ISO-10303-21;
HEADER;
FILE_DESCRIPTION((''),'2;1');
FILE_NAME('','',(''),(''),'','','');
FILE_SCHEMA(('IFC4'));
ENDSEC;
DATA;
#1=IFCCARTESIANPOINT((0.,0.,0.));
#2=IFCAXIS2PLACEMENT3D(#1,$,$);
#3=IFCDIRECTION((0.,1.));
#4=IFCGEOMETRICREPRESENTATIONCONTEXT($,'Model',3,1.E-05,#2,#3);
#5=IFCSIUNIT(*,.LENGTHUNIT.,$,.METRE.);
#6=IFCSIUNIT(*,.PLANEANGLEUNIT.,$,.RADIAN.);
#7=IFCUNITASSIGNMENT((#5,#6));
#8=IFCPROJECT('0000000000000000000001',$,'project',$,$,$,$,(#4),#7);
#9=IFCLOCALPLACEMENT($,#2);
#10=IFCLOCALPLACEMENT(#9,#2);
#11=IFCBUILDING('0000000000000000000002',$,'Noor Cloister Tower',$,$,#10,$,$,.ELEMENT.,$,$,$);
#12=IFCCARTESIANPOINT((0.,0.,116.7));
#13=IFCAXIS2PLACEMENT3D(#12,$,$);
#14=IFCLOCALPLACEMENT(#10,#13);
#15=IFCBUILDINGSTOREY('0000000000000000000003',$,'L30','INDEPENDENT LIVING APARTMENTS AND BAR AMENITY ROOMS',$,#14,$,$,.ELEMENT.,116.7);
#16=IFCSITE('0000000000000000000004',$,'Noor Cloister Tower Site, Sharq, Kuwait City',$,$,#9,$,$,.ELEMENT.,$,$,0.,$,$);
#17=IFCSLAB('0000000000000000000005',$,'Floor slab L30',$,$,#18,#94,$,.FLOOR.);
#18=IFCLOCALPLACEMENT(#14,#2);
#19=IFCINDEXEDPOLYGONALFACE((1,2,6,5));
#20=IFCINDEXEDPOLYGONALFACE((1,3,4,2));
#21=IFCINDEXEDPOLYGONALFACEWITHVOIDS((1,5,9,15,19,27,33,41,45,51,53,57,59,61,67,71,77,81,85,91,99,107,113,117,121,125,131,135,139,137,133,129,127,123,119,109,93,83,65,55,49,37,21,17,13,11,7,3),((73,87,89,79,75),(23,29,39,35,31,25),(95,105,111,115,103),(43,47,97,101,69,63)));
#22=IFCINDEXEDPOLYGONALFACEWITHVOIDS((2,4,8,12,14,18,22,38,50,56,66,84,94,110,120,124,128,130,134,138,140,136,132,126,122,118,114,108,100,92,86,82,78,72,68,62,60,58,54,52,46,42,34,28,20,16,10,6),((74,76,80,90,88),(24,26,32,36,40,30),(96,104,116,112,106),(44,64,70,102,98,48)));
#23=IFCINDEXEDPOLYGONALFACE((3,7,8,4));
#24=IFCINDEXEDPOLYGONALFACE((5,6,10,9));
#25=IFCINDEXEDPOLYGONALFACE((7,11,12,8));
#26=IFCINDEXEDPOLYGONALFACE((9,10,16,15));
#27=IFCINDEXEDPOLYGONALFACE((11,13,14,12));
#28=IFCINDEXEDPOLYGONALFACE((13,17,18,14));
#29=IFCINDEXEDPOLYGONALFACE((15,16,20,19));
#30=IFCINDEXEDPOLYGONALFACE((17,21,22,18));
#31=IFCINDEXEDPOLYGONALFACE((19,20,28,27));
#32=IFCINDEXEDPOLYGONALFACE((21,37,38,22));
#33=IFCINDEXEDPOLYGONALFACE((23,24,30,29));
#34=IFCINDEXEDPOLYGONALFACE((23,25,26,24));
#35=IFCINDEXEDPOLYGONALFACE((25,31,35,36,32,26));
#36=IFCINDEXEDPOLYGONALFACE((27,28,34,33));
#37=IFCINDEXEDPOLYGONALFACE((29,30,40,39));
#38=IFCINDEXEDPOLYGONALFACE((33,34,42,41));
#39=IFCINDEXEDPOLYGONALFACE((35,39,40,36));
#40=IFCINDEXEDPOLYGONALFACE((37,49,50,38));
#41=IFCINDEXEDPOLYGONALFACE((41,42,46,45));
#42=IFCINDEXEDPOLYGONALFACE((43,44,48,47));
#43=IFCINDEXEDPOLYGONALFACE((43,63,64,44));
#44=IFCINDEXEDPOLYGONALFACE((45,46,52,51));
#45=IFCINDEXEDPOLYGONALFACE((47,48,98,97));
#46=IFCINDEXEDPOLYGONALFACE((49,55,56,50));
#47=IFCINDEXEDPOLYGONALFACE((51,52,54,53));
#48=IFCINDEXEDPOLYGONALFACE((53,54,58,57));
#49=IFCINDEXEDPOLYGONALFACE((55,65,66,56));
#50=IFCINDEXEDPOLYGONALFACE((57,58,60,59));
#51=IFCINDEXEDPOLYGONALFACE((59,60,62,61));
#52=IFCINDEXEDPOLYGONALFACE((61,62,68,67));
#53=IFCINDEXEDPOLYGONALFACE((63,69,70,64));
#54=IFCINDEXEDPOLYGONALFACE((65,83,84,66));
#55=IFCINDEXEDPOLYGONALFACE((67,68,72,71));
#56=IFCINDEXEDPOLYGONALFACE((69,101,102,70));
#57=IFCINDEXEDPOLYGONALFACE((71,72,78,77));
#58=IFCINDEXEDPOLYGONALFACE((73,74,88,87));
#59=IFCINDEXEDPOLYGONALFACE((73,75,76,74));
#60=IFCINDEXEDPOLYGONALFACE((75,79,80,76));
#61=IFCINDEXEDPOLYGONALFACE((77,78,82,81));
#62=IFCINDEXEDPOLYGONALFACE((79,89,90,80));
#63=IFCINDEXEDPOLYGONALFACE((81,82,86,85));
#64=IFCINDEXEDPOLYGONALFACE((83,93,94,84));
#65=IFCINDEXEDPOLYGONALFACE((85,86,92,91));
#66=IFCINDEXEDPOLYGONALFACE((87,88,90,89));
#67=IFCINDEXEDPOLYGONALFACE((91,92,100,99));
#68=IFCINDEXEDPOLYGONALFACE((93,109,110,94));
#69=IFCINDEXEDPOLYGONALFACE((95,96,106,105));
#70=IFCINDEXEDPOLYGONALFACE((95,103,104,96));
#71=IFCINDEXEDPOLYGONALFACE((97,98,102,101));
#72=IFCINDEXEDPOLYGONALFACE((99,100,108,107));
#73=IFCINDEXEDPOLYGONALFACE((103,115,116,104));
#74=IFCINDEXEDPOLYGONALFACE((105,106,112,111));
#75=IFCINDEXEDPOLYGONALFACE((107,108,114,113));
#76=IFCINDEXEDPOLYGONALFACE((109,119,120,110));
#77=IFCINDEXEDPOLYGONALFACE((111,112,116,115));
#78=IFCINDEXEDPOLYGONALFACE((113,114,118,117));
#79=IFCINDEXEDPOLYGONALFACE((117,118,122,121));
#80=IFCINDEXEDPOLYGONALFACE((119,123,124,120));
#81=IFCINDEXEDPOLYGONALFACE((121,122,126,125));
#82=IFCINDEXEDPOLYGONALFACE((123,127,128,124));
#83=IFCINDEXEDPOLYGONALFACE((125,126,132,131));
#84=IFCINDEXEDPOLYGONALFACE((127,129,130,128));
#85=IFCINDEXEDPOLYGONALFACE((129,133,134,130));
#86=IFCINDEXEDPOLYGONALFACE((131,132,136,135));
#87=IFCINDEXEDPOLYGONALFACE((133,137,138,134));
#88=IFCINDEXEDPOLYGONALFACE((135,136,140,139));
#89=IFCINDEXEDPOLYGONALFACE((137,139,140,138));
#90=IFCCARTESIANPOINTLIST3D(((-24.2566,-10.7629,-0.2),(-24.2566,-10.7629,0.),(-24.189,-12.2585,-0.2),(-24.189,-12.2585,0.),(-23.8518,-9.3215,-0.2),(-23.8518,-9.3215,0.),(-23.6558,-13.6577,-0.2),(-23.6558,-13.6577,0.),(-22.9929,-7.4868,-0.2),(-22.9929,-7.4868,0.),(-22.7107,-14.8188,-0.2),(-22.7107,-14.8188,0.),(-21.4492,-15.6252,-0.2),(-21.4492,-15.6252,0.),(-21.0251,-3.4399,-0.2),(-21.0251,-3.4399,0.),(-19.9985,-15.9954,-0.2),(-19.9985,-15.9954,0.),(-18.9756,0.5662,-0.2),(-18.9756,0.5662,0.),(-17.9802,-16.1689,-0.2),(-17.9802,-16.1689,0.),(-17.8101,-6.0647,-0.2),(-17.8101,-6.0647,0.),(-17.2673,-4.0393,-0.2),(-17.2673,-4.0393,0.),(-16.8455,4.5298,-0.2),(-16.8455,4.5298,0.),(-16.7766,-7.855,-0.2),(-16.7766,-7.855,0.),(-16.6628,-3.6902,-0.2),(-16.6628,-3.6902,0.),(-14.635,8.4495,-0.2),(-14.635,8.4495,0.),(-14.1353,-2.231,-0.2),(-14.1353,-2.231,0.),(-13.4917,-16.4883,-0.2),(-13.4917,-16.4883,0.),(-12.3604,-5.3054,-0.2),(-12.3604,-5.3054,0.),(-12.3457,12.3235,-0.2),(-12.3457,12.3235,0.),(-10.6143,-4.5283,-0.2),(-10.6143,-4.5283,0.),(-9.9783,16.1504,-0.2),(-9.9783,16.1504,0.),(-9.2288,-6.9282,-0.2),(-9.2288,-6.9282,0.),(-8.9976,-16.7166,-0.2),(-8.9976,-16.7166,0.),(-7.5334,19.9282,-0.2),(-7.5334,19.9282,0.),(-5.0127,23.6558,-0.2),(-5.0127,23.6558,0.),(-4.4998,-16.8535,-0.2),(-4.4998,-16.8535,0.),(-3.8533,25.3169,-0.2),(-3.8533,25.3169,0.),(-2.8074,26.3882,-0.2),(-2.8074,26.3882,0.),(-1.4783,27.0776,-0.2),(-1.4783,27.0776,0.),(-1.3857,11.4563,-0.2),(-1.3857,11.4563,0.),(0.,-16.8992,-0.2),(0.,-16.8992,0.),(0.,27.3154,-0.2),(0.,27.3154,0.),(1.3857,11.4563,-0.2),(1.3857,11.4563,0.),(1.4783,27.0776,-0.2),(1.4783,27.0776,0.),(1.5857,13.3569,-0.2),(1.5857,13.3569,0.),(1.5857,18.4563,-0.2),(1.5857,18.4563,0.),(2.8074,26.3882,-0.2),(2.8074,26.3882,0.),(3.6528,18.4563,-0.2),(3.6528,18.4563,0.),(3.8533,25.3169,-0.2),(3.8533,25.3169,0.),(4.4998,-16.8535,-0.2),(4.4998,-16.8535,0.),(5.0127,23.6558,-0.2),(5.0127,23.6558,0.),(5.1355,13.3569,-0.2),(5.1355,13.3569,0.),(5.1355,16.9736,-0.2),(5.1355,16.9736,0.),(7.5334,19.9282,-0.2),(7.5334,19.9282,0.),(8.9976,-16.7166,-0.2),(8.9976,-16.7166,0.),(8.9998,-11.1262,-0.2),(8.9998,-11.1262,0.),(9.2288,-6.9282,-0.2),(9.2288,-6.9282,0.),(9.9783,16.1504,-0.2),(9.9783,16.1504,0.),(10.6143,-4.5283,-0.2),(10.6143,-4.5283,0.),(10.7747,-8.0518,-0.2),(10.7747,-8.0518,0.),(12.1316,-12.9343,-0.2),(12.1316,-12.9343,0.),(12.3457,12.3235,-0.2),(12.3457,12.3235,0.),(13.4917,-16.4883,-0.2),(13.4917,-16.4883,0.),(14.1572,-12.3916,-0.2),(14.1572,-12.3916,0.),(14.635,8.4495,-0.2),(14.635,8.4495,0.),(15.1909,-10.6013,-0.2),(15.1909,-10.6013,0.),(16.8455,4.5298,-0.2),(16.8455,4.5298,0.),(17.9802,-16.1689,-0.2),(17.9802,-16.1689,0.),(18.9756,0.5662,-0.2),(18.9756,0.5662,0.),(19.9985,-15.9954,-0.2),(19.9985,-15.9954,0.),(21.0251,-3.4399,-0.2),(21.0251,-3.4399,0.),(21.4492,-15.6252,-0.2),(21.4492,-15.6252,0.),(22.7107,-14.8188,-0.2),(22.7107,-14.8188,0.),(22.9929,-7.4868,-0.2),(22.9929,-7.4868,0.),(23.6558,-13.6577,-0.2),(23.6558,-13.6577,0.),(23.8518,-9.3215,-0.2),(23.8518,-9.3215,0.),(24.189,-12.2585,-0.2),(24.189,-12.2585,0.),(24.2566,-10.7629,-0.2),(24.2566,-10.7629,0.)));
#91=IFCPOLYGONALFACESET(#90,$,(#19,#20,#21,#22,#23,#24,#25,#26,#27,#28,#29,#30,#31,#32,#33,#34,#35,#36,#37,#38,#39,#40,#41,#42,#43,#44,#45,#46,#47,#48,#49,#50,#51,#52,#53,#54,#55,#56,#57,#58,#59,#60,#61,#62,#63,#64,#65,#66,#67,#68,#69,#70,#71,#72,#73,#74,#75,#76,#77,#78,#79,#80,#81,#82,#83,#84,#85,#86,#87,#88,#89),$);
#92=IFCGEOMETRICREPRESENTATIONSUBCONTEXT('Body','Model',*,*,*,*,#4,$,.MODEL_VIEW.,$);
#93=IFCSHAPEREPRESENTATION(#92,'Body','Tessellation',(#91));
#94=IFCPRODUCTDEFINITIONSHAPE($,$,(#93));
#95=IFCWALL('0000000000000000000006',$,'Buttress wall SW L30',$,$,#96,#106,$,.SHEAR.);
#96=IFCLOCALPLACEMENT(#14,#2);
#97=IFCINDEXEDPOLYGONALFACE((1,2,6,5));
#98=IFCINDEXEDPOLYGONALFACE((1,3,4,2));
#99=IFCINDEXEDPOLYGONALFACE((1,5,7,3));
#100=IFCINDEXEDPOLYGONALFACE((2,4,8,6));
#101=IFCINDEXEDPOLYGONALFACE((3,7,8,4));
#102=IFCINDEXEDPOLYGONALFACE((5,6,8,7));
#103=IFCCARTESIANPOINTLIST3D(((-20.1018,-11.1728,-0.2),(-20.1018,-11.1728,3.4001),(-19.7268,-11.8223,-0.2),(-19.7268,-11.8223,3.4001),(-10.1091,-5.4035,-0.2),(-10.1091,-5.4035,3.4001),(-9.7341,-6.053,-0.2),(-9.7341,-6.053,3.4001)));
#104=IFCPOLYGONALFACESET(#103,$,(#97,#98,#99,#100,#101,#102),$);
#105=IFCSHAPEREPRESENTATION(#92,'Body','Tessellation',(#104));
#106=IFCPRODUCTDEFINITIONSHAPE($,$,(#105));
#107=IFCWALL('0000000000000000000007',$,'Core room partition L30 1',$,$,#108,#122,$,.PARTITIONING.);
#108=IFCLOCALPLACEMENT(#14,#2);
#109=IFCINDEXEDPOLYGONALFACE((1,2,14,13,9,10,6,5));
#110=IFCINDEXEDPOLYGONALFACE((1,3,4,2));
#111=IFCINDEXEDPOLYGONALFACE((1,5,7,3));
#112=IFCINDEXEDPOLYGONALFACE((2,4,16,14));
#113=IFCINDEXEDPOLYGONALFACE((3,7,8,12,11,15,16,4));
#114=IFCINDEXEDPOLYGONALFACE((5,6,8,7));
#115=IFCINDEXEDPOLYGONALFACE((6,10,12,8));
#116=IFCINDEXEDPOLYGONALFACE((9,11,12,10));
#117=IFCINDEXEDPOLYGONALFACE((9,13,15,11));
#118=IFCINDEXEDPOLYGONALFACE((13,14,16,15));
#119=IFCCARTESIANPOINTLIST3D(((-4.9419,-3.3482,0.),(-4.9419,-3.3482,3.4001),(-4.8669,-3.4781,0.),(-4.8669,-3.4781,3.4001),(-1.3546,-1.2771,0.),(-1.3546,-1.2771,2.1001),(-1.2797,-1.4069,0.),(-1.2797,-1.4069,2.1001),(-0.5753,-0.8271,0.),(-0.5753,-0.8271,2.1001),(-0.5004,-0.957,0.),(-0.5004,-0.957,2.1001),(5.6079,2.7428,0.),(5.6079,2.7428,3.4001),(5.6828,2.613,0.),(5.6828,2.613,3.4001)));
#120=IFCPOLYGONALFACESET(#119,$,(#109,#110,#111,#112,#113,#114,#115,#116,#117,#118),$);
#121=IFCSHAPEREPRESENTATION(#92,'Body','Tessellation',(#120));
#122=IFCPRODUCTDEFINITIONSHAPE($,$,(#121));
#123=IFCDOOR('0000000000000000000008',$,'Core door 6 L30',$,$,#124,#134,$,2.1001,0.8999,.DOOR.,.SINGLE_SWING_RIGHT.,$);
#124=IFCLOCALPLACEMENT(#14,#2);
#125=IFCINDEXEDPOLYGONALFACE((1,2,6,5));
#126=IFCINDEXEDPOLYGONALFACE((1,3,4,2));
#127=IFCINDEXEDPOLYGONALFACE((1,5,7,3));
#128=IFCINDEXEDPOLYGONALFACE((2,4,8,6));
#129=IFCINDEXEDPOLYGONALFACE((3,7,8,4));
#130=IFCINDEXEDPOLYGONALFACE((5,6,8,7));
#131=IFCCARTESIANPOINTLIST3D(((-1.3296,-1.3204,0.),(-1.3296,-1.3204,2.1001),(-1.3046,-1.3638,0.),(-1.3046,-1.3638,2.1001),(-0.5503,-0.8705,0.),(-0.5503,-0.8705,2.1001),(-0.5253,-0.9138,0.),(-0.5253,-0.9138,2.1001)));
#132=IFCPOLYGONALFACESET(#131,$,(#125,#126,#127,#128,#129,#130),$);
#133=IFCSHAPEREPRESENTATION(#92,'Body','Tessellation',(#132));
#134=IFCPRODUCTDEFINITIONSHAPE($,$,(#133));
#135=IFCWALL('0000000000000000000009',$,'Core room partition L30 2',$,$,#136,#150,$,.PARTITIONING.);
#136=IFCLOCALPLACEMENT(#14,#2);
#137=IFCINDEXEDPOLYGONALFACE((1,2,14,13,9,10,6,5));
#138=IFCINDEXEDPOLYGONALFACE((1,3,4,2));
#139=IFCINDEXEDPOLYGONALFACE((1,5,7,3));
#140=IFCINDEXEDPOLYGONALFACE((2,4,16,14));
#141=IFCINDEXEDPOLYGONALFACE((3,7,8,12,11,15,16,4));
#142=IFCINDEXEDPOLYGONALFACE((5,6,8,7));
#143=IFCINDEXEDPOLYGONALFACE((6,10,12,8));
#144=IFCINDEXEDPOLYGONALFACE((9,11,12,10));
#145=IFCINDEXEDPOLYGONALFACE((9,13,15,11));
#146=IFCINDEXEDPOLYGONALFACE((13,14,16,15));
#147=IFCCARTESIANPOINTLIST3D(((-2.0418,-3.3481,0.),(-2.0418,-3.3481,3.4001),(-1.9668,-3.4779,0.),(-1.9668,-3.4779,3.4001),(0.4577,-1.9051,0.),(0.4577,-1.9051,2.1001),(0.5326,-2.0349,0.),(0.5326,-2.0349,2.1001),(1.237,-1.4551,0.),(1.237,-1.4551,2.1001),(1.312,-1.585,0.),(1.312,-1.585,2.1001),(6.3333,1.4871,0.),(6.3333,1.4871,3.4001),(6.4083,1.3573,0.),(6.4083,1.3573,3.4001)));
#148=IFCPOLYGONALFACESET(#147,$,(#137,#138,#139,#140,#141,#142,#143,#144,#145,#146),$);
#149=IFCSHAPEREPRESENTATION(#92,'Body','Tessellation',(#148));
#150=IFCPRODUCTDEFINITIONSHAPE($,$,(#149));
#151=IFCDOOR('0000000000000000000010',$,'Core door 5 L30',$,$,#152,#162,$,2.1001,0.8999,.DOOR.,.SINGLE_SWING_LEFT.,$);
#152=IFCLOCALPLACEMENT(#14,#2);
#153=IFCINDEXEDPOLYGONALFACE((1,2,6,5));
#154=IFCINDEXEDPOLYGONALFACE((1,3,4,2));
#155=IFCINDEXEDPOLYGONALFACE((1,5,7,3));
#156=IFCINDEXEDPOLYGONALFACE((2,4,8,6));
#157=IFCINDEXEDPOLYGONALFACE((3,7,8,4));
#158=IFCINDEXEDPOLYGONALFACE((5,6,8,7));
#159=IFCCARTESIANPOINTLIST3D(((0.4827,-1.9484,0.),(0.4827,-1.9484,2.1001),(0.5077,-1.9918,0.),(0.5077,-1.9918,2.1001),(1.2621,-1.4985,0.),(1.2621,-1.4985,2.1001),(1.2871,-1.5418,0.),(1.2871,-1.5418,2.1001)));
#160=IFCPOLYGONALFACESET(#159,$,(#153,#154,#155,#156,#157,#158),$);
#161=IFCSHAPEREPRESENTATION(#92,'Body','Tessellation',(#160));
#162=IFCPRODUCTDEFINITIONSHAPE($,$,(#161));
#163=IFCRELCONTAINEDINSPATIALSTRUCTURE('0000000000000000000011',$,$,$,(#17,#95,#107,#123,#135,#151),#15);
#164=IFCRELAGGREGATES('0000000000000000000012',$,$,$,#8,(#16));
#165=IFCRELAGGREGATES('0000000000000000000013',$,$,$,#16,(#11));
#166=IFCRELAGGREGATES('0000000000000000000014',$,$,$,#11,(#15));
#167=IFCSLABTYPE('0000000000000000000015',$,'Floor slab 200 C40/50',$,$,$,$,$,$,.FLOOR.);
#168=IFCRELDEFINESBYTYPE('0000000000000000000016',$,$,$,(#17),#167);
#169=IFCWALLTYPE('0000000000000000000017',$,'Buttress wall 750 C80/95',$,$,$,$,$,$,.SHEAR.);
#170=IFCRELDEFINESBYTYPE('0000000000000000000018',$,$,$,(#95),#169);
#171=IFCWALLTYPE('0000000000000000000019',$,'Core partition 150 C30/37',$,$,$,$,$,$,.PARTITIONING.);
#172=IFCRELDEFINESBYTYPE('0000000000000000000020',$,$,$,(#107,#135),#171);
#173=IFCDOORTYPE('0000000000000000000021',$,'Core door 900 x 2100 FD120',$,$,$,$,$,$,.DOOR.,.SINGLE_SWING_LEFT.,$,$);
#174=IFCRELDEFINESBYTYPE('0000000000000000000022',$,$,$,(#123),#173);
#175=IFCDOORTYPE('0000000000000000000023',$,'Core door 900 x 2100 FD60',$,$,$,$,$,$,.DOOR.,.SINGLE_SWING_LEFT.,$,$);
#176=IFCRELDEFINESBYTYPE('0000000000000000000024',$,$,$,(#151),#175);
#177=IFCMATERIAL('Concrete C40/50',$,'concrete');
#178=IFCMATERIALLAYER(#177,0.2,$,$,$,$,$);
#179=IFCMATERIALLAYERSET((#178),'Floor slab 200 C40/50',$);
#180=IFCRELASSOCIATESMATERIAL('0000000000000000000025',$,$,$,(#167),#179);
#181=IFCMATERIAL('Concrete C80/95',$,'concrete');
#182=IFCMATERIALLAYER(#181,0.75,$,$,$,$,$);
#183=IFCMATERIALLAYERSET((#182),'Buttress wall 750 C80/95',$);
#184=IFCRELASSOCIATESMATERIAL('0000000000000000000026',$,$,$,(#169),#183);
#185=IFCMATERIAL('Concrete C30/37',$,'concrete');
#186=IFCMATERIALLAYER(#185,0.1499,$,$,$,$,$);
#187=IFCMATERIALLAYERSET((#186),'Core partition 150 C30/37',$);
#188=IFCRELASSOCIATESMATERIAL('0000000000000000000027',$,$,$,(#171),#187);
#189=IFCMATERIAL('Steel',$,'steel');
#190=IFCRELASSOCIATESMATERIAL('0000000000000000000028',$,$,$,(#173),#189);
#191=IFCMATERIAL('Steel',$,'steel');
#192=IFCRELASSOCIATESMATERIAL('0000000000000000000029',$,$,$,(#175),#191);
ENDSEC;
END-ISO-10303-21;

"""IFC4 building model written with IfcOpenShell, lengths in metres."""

from ifc_helpers import new_model, si_unit, direction, frame, frame_2d, origin, place, context, subcontext, project, spatial, polyline, rectangle, outline, extrude, material, layer, layer_set, type_object, element, fill, save


model = new_model("IFC4")

# Units and contexts
model_context = context("Model", 3, precision=1e-05, world=origin(), true_north=direction((0.0, 1.0)))
body_context = subcontext(model_context, "Body", "Model", "MODEL_VIEW")
ifc_project = project(units=[si_unit("LENGTHUNIT", "METRE"), si_unit("PLANEANGLEUNIT", "RADIAN")], contexts=[model_context])

# Site, building, storey
site_placement = place(None, origin())
site = spatial("IfcSite", under=ifc_project, at=site_placement, Name="Noor Cloister Tower Site, Sharq, Kuwait City", CompositionType="ELEMENT", RefElevation=0.0)
building_placement = place(site_placement, origin())
building = spatial("IfcBuilding", under=site, at=building_placement, Name="Noor Cloister Tower", CompositionType="ELEMENT")
storey_placement = place(building_placement, frame((0.0, 0.0, 116.7)))
storey = spatial("IfcBuildingStorey", under=building, at=storey_placement, Name="L30", Description="INDEPENDENT LIVING APARTMENTS AND BAR AMENITY ROOMS", CompositionType="ELEMENT", Elevation=116.7)

# Slab
ifc_material_1 = material(Name="Concrete C40/50", Category="concrete")
ifc_layer_1 = layer(ifc_material_1, 0.2)
ifc_layer_set_1 = layer_set([ifc_layer_1], Name="Floor slab 200 C40/50")
slab_type = type_object("IfcSlabType", Name="Floor slab 200 C40/50", PredefinedType="FLOOR", material=ifc_layer_set_1)
slab_placement = place(storey_placement, frame((0.0, 0.0, -0.2)))
element("IfcSlab", 1, at=slab_placement, inside=storey, type_object=slab_type, Name="Floor slab L30", PredefinedType="FLOOR", context=body_context, shape_type="SweptSolid", body=[
    extrude(outline(polyline([(3.8533, 25.3169), (2.8074, 26.3882), (1.4783, 27.0776), (0.0, 27.3154), (-1.4783, 27.0776), (-2.8074, 26.3882), (-3.8533, 25.3169), (-5.0127, 23.6558), (-7.5334, 19.9282), (-9.9783, 16.1504), (-12.3457, 12.3235), (-14.635, 8.4495), (-16.8455, 4.5298), (-18.9756, 0.5662), (-21.0251, -3.4399), (-22.9929, -7.4868), (-23.8518, -9.3215), (-24.2566, -10.7629), (-24.189, -12.2585), (-23.6558, -13.6577), (-22.7107, -14.8188), (-21.4492, -15.6252), (-19.9985, -15.9954), (-17.9802, -16.1689), (-13.4917, -16.4883), (-8.9976, -16.7166), (-4.4998, -16.8535), (0.0, -16.8992), (4.4998, -16.8535), (8.9976, -16.7166), (13.4917, -16.4883), (17.9802, -16.1689), (19.9985, -15.9954), (21.4492, -15.6252), (22.7107, -14.8188), (23.6558, -13.6577), (24.189, -12.2585), (24.2566, -10.7629), (23.8518, -9.3215), (22.9929, -7.4868), (21.0251, -3.4399), (18.9756, 0.5662), (16.8455, 4.5298), (14.635, 8.4495), (12.3457, 12.3235), (9.9783, 16.1504), (7.5334, 19.9282), (5.0127, 23.6558), (3.8533, 25.3169)]), holes=[polyline([(8.9998, -11.1262), (12.1316, -12.9343), (14.1572, -12.3916), (15.1909, -10.6013), (10.7747, -8.0518), (8.9998, -11.1262)]), polyline([(-17.8101, -6.0647), (-16.7766, -7.855), (-12.3604, -5.3054), (-14.1353, -2.231), (-16.6628, -3.6902), (-17.2673, -4.0393), (-17.8101, -6.0647)]), polyline([(-10.6143, -4.5283), (-9.2288, -6.9282), (9.2288, -6.9282), (10.6143, -4.5283), (1.3857, 11.4563), (-1.3857, 11.4563), (-10.6143, -4.5283)]), polyline([(3.6528, 18.4563), (1.5857, 18.4563), (1.5857, 13.3569), (5.1355, 13.3569), (5.1355, 16.9736), (3.6528, 18.4563)])]), origin(), (0.0, 0.0, 1.0), 0.2),
])

# Wall
ifc_material_2 = material(Name="Concrete C80/95", Category="concrete")
ifc_layer_2 = layer(ifc_material_2, 0.75)
ifc_layer_set_2 = layer_set([ifc_layer_2], Name="Buttress wall 750 C80/95")
wall_type_1 = type_object("IfcWallType", Name="Buttress wall 750 C80/95", PredefinedType="SHEAR", material=ifc_layer_set_2)
wall_1_placement = place(storey_placement, frame((-9.9216, -5.7283, -0.2), z_axis=(0.0, 0.0, 1.0), x_axis=(-0.866025, -0.500001, 0.0)))
element("IfcWall", 2, at=wall_1_placement, inside=storey, type_object=wall_type_1, Name="Buttress wall SW L30", PredefinedType="SHEAR", context=body_context, shape_type="SweptSolid", body=[
    extrude(rectangle(XDim=11.5386, YDim=0.75, at=frame_2d((5.7693, 0.0))), origin(), (0.0, 0.0, 1.0), 3.6001),
])

# Walls, openings, doors
ifc_material_3 = material(Name="Concrete C30/37", Category="concrete")
ifc_layer_3 = layer(ifc_material_3, 0.1499)
ifc_layer_set_3 = layer_set([ifc_layer_3], Name="Core partition 150 C30/37")
wall_type_2 = type_object("IfcWallType", Name="Core partition 150 C30/37", PredefinedType="PARTITIONING", material=ifc_layer_set_3)
wall_2_placement = place(storey_placement, frame((-4.9043, -3.4131, 0.0), z_axis=(0.0, 0.0, 1.0), x_axis=(0.866021, 0.500008, 0.0)))
wall_2 = element("IfcWall", 3, at=wall_2_placement, inside=storey, type_object=wall_type_2, Name="Core room partition L30 1", PredefinedType="PARTITIONING", context=body_context, shape_type="SweptSolid", body=[
    extrude(rectangle(XDim=12.1819, YDim=0.1499, at=frame_2d((6.0908, 0.0))), origin(), (0.0, 0.0, 1.0), 3.4001),
])
opening_1_placement = place(wall_2_placement, frame((4.1421, 0.0, 0.0)))
opening_1 = element("IfcOpeningElement", 4, at=opening_1_placement, cuts=wall_2, PredefinedType="OPENING", context=body_context, shape_type="SweptSolid", body=[
    extrude(rectangle(XDim=0.8999, YDim=2.1001, at=frame_2d((0.45, 1.05))), frame((0.0, 0.085, 0.0), z_axis=(0.0, -1.0, 0.0), x_axis=(1.0, 0.0, 0.0)), (0.0, 0.0, 1.0), 0.1699),
])
ifc_material_4 = material(Name="Steel", Category="steel")
door_type_1 = type_object("IfcDoorType", Name="Core door 900 x 2100 FD120", OperationType="SINGLE_SWING_LEFT", PredefinedType="DOOR", material=ifc_material_4)
door_1_placement = place(opening_1_placement, origin())
door_1 = element("IfcDoor", 5, at=door_1_placement, inside=storey, type_object=door_type_1, Name="Core door 6 L30", OperationType="SINGLE_SWING_RIGHT", OverallHeight=2.1001, OverallWidth=0.8999, PredefinedType="DOOR", context=body_context, shape_type="SweptSolid", body=[
    extrude(rectangle(XDim=0.8999, YDim=2.1001, at=frame_2d((0.45, 1.05))), frame((0.0, 0.0249, 0.0), z_axis=(0.0, -1.0, 0.0), x_axis=(1.0, 0.0, 0.0)), (0.0, 0.0, 1.0), 0.05),
])
fill(opening_1, door_1)
wall_3_placement = place(storey_placement, frame((-2.0044, -3.4131, 0.0), z_axis=(0.0, 0.0, 1.0), x_axis=(0.86603, 0.499992, 0.0)))
wall_3 = element("IfcWall", 6, at=wall_3_placement, inside=storey, type_object=wall_type_2, Name="Core room partition L30 2", PredefinedType="PARTITIONING", context=body_context, shape_type="SweptSolid", body=[
    extrude(rectangle(XDim=9.6707, YDim=0.1499, at=frame_2d((4.8354, 0.0))), origin(), (0.0, 0.0, 1.0), 3.4001),
])
opening_2_placement = place(wall_3_placement, frame((2.8862, 0.0, 0.0)))
opening_2 = element("IfcOpeningElement", 7, at=opening_2_placement, cuts=wall_3, PredefinedType="OPENING", context=body_context, shape_type="SweptSolid", body=[
    extrude(rectangle(XDim=0.8999, YDim=2.1001, at=frame_2d((0.45, 1.05))), frame((0.0, 0.085, 0.0), z_axis=(0.0, -1.0, 0.0), x_axis=(1.0, 0.0, 0.0)), (0.0, 0.0, 1.0), 0.1699),
])
ifc_material_5 = material(Name="Steel", Category="steel")
door_type_2 = type_object("IfcDoorType", Name="Core door 900 x 2100 FD60", OperationType="SINGLE_SWING_LEFT", PredefinedType="DOOR", material=ifc_material_5)
door_2_placement = place(opening_2_placement, origin())
door_2 = element("IfcDoor", 8, at=door_2_placement, inside=storey, type_object=door_type_2, Name="Core door 5 L30", OperationType="SINGLE_SWING_LEFT", OverallHeight=2.1001, OverallWidth=0.8999, PredefinedType="DOOR", context=body_context, shape_type="SweptSolid", body=[
    extrude(rectangle(XDim=0.8999, YDim=2.1001, at=frame_2d((0.45, 1.05))), frame((0.0, 0.0249, 0.0), z_axis=(0.0, -1.0, 0.0), x_axis=(1.0, 0.0, 0.0)), (0.0, 0.0, 1.0), 0.05),
])
fill(opening_2, door_2)

save(model, "model.ifc")
